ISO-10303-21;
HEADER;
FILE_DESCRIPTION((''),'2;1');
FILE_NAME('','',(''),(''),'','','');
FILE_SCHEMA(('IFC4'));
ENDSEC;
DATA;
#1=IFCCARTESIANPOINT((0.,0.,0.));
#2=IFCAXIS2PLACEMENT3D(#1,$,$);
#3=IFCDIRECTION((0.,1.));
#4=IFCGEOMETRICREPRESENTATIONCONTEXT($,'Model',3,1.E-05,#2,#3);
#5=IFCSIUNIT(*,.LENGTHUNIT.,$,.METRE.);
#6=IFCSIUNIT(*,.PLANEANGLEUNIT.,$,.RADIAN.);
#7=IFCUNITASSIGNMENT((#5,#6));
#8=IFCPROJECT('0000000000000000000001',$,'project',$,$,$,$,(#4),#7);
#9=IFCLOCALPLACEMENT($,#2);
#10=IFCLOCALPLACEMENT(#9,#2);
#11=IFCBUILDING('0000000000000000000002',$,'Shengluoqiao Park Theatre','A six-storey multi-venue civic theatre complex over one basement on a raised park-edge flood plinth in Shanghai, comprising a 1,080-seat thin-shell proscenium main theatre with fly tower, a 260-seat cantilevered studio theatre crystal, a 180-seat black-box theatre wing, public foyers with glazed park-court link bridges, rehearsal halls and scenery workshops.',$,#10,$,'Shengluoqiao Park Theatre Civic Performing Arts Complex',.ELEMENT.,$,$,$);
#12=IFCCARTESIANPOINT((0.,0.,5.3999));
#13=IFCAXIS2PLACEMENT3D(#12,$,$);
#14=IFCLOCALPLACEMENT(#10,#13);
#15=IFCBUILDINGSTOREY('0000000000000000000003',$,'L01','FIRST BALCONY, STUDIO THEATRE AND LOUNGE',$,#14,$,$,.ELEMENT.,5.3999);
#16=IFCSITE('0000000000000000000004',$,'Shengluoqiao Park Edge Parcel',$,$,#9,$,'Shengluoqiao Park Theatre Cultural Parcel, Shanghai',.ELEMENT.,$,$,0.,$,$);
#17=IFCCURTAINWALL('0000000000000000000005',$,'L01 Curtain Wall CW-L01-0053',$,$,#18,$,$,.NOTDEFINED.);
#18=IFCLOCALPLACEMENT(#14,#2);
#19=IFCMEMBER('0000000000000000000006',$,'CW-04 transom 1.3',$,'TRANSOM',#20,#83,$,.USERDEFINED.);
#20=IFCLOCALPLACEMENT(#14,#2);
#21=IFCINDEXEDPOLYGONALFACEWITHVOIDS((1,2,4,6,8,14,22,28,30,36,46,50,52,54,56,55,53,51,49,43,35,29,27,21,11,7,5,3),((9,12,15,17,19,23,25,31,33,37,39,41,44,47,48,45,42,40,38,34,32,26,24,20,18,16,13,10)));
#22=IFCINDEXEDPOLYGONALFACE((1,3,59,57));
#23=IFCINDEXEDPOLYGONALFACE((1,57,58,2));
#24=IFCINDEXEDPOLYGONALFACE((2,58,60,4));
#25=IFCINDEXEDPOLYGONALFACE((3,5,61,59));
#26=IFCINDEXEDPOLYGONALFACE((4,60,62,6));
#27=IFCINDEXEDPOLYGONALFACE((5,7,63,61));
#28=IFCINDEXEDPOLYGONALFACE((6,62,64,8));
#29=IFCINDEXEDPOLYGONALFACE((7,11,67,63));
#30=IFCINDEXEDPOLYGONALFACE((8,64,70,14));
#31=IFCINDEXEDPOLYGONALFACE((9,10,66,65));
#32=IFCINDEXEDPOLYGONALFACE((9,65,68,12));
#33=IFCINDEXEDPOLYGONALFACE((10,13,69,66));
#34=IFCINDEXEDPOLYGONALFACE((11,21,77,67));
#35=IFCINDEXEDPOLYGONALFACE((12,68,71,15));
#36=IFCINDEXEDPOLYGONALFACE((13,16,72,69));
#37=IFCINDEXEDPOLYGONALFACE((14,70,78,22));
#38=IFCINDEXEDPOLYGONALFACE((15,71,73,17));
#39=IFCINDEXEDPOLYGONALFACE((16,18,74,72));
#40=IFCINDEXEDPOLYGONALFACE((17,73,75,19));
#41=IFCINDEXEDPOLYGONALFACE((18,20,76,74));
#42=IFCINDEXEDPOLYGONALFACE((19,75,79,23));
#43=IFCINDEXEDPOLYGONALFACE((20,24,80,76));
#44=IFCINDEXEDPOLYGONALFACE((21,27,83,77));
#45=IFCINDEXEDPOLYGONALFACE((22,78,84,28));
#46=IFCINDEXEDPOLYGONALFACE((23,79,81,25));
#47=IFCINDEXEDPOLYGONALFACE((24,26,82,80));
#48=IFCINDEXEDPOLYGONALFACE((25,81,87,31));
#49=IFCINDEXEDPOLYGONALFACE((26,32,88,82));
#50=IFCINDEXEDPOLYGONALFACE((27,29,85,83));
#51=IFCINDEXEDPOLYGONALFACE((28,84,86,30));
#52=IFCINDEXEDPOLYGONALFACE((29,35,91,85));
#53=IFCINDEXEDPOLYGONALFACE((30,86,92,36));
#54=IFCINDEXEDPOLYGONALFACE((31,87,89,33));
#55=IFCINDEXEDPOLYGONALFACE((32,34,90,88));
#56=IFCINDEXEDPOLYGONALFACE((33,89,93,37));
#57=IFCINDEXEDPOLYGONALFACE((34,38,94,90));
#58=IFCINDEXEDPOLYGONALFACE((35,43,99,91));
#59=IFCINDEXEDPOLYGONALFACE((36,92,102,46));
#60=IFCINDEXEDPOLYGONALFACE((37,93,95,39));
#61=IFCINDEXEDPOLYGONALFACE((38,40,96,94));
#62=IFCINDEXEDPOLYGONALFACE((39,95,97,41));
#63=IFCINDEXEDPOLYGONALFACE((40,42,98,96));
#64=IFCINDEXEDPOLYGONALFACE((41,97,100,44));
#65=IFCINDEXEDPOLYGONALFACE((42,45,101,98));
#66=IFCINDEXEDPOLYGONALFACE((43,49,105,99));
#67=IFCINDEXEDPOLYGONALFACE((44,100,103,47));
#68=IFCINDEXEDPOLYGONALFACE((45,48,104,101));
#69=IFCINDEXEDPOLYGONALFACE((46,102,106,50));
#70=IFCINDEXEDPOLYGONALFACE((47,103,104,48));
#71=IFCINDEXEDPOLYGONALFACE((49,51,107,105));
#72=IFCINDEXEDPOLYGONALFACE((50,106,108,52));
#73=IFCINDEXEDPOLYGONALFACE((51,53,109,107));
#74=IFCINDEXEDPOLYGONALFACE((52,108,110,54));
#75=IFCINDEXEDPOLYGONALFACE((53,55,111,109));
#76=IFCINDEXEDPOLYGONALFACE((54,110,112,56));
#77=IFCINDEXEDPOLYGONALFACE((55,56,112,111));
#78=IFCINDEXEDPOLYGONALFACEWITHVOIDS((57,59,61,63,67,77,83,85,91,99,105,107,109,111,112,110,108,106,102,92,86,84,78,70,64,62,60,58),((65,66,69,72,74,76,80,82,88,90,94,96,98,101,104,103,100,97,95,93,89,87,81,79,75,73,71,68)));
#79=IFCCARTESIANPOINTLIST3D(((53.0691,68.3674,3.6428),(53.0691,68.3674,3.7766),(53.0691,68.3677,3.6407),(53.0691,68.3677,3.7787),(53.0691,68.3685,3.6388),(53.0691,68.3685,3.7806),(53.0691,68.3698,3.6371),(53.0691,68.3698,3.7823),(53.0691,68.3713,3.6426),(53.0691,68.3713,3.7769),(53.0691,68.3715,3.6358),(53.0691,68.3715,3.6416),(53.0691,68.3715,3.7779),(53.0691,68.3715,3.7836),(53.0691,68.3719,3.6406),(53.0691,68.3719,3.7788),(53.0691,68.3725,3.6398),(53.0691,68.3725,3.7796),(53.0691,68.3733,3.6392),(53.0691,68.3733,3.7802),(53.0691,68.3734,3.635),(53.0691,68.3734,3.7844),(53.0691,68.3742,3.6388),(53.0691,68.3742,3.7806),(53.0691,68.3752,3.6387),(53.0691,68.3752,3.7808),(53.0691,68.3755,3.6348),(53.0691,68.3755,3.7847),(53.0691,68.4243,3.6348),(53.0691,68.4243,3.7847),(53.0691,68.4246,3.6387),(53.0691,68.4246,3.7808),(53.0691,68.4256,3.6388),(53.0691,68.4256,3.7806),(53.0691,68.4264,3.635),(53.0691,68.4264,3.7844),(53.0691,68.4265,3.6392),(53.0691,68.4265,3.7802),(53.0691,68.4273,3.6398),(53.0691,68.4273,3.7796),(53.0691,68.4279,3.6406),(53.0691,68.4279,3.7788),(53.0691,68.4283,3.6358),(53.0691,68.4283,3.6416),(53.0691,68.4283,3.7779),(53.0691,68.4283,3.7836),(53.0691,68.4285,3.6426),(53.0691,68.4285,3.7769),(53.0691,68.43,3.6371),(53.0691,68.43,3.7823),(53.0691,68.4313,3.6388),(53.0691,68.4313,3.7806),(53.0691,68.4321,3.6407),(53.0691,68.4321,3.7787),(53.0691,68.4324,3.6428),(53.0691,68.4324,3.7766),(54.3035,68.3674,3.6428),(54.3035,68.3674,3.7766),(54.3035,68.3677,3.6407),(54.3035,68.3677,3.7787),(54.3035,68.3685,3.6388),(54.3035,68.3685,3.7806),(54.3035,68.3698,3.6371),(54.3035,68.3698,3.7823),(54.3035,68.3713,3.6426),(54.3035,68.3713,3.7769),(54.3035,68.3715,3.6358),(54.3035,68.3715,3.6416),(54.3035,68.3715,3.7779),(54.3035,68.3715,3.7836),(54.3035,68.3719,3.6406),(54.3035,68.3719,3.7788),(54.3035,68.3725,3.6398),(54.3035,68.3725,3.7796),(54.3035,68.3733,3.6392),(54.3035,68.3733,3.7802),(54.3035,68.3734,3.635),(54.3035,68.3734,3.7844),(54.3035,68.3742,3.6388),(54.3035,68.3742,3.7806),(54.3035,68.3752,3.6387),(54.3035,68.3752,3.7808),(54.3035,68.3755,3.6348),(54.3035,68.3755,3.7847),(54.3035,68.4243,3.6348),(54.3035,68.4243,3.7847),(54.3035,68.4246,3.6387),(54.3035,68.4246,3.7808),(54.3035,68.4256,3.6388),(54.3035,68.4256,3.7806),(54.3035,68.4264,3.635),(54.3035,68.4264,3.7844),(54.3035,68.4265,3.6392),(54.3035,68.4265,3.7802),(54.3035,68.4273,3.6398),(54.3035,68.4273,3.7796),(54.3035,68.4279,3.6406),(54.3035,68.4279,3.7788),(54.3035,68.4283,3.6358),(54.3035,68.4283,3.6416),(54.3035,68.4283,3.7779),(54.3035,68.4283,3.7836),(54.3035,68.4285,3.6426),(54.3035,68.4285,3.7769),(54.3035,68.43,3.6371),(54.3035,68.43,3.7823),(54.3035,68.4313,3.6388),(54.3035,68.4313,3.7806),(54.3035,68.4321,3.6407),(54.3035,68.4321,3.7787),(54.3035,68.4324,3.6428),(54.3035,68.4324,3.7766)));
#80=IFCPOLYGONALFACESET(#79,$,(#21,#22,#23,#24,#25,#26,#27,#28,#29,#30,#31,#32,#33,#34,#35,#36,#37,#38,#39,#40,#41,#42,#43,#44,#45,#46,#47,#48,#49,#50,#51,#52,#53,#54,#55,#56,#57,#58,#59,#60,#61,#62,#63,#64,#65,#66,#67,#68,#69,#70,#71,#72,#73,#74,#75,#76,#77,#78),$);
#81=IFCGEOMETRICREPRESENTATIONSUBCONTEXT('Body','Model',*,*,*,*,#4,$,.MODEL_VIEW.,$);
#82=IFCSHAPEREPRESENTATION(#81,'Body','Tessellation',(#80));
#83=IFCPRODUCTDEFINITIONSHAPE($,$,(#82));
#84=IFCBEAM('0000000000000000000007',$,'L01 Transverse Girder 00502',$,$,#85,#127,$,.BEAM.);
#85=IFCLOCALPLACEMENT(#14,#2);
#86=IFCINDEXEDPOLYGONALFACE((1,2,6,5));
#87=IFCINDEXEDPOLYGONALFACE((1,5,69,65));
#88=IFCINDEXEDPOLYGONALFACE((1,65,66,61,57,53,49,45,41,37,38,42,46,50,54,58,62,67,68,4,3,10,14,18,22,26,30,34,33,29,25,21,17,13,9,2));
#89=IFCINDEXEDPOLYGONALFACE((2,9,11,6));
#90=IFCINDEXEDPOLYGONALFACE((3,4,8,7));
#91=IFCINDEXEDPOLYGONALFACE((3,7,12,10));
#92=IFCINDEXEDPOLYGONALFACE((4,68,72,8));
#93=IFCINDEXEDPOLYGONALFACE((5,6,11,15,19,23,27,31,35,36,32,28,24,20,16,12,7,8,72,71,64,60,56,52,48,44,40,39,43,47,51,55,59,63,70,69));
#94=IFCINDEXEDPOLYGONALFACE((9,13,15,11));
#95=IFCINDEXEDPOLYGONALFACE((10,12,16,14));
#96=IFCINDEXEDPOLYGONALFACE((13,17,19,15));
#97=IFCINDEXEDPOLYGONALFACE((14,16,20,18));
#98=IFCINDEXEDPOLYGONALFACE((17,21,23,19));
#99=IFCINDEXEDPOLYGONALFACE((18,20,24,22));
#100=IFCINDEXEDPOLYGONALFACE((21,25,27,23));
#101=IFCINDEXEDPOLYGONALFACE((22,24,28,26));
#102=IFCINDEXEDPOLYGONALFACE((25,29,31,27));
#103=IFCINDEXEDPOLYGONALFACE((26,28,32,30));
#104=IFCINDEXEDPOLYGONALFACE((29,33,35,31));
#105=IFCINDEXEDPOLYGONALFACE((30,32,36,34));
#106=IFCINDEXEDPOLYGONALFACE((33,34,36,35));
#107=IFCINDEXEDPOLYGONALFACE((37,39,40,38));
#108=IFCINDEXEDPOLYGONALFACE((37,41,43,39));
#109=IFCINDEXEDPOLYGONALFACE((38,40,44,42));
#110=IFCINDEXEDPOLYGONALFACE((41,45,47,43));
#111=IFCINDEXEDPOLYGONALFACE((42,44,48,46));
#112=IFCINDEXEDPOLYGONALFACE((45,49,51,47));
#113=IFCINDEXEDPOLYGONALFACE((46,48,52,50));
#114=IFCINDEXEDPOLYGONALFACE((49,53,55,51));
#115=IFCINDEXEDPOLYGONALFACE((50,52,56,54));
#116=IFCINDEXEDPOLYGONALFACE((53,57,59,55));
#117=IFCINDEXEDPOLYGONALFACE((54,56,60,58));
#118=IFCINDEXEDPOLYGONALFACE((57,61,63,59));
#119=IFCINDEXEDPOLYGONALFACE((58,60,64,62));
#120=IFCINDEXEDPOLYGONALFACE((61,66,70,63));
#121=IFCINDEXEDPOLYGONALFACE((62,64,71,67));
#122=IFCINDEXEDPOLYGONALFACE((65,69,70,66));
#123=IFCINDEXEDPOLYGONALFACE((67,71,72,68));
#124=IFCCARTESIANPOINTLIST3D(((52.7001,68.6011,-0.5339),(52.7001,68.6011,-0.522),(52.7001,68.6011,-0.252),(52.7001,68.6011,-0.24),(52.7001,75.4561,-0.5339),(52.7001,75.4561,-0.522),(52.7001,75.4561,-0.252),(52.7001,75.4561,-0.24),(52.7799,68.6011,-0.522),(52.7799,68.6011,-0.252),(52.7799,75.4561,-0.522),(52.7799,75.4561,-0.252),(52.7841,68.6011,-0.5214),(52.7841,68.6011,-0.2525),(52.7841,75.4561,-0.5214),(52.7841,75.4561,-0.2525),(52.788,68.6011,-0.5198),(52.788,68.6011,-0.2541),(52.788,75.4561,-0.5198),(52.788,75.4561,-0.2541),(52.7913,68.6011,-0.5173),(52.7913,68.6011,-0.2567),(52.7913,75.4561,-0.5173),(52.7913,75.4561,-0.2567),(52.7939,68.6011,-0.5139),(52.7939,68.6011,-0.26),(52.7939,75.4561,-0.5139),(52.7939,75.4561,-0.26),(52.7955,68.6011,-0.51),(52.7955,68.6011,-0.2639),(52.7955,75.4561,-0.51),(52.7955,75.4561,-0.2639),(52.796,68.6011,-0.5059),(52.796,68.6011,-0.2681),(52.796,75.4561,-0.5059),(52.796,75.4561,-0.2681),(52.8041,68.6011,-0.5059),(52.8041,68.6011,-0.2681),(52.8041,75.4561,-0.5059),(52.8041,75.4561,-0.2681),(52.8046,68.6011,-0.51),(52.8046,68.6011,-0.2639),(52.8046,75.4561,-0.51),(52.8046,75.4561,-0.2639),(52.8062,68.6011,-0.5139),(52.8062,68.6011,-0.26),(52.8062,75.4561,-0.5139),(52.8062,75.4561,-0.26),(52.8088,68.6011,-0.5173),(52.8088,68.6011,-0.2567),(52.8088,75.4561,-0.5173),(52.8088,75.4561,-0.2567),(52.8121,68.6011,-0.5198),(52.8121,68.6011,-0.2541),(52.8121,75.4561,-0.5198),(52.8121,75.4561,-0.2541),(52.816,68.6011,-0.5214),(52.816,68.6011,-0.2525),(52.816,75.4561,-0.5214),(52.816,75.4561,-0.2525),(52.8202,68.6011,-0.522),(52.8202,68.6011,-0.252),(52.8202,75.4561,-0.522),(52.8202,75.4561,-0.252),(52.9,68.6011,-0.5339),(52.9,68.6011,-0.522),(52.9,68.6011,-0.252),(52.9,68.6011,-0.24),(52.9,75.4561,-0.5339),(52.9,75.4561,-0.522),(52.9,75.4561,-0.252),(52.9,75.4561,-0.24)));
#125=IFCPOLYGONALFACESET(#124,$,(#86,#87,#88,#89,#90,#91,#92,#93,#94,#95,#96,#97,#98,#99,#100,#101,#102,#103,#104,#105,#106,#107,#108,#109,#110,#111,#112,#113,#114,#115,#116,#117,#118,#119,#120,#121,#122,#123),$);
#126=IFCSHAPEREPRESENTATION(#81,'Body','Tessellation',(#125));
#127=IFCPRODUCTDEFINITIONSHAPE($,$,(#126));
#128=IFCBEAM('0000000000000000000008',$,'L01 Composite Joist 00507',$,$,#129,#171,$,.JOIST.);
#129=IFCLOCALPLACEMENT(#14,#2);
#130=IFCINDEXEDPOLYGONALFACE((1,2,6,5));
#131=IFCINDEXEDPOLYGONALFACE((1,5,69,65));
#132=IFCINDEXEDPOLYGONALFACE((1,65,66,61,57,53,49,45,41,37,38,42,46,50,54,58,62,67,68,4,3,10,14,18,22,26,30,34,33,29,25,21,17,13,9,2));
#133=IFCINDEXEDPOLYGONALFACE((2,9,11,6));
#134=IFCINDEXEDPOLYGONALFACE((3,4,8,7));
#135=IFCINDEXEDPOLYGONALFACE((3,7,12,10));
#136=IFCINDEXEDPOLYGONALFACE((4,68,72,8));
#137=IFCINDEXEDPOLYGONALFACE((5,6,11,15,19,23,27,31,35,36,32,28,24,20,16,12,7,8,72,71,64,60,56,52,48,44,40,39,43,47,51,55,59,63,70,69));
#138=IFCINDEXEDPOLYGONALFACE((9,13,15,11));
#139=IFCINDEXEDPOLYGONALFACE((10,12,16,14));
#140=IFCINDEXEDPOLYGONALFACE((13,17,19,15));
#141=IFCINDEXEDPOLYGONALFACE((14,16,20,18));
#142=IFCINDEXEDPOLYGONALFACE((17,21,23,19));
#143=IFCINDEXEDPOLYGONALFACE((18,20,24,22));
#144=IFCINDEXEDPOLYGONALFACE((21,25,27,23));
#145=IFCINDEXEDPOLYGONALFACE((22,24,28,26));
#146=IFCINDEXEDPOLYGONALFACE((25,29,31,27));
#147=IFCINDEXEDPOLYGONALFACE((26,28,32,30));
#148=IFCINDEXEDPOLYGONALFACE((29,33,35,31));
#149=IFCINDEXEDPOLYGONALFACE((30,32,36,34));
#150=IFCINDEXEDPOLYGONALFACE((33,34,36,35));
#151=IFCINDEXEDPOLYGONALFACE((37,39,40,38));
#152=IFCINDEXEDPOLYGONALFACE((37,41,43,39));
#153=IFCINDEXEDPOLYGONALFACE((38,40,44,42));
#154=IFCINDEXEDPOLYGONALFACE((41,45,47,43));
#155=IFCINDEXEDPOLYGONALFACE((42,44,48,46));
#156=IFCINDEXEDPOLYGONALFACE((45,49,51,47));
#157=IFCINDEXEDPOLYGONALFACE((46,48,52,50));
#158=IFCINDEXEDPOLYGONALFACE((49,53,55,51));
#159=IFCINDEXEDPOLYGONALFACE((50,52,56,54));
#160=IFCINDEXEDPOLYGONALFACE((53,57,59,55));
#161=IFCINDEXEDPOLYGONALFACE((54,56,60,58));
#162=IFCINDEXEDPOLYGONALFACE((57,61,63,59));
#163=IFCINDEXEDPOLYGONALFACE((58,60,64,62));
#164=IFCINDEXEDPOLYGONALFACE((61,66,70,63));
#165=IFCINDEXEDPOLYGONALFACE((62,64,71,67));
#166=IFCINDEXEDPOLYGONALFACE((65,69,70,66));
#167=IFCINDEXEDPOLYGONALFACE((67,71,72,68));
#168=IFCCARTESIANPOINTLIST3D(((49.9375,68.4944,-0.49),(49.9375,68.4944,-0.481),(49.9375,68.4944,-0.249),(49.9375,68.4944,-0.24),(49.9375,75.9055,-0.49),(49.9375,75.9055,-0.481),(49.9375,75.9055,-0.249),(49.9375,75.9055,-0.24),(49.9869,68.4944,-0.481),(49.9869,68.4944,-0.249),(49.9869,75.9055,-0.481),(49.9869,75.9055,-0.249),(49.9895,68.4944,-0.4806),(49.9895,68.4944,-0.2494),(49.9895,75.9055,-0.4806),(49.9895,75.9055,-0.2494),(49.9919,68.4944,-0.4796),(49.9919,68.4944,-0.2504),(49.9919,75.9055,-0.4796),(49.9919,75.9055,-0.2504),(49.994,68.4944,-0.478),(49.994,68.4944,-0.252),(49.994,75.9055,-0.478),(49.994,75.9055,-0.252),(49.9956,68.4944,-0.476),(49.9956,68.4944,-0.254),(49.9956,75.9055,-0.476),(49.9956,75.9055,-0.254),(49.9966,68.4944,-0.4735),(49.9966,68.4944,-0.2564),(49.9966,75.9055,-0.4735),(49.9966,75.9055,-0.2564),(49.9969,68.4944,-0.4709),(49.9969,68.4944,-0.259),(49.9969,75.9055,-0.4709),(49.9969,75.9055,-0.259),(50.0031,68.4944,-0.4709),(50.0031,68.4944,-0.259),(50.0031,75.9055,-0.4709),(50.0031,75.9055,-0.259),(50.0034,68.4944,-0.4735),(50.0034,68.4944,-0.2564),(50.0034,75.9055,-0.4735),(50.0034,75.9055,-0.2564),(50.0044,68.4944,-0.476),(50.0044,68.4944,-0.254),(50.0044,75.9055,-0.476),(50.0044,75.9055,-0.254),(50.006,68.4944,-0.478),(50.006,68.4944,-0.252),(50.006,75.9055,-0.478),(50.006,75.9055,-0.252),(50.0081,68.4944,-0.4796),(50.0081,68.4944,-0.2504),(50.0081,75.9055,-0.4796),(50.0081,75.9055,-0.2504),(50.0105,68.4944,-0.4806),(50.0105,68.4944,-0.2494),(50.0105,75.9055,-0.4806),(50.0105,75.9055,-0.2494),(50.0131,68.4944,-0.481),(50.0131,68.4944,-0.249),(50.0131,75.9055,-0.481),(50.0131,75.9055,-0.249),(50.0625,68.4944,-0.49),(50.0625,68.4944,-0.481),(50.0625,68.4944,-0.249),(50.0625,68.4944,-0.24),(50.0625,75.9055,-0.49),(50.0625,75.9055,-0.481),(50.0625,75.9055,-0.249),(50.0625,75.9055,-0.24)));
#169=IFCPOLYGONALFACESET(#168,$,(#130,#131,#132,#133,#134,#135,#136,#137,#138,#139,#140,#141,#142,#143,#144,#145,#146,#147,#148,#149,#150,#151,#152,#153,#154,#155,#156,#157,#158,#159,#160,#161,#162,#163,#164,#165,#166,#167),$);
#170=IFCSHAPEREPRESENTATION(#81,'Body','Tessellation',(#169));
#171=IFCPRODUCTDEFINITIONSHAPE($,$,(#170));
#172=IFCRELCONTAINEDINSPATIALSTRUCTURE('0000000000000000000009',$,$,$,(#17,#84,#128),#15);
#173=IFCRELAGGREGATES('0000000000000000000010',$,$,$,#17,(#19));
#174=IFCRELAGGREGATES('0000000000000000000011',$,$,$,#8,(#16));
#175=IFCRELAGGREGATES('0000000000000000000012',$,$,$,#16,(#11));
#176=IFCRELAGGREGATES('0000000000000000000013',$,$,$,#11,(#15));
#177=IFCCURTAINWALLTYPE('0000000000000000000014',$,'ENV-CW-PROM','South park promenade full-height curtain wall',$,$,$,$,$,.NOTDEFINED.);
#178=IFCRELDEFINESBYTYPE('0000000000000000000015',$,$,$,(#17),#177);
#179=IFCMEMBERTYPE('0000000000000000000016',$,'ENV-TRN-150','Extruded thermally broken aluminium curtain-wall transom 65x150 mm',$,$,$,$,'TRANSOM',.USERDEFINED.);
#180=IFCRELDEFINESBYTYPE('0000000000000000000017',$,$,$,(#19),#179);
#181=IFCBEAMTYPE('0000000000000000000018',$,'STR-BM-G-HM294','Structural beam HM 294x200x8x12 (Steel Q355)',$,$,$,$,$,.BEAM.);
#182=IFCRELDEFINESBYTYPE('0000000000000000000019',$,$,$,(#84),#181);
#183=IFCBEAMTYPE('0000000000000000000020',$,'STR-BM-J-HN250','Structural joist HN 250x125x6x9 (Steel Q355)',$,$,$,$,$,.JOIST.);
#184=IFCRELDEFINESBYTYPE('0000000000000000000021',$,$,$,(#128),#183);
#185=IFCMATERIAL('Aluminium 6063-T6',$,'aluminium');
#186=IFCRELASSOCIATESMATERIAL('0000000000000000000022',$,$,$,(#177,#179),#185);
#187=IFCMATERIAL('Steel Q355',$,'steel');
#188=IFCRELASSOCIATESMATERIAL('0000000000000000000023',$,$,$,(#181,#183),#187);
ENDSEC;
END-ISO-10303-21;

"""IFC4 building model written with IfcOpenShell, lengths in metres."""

from ifc_helpers import new_model, si_unit, direction, frame, origin, origin_2d, place, context, subcontext, project, spatial, hollow_rectangle, i_section, extrude, material, material_profile, profile_set, type_object, element, aggregate, save


model = new_model("IFC4")

# Units and contexts
model_context = context("Model", 3, precision=1e-05, world=origin(), true_north=direction((0.0, 1.0)))
body_context = subcontext(model_context, "Body", "Model", "MODEL_VIEW")
ifc_project = project(units=[si_unit("LENGTHUNIT", "METRE"), si_unit("PLANEANGLEUNIT", "RADIAN")], contexts=[model_context])

# Site, building, storey
site_placement = place(None, origin())
site = spatial("IfcSite", under=ifc_project, at=site_placement, Name="Shengluoqiao Park Edge Parcel", LongName="Shengluoqiao Park Theatre Cultural Parcel, Shanghai", CompositionType="ELEMENT", RefElevation=0.0)
building_placement = place(site_placement, origin())
building = spatial("IfcBuilding", under=site, at=building_placement, Name="Shengluoqiao Park Theatre", Description="A six-storey multi-venue civic theatre complex over one basement on a raised park-edge flood plinth in Shanghai, comprising a 1,080-seat thin-shell proscenium main theatre with fly tower, a 260-seat cantilevered studio theatre crystal, a 180-seat black-box theatre wing, public foyers with glazed park-court link bridges, rehearsal halls and scenery workshops.", LongName="Shengluoqiao Park Theatre Civic Performing Arts Complex", CompositionType="ELEMENT")
storey_placement = place(building_placement, frame((0.0, 0.0, 5.3999)))
storey = spatial("IfcBuildingStorey", under=building, at=storey_placement, Name="L01", Description="FIRST BALCONY, STUDIO THEATRE AND LOUNGE", CompositionType="ELEMENT", Elevation=5.3999)

# Shared definitions
ifc_material_1 = material(Name="Steel Q355", Category="steel")

# Shared definitions
ifc_material_2 = material(Name="Aluminium 6063-T6", Category="aluminium")
curtain_wall_type = type_object("IfcCurtainWallType", Name="ENV-CW-PROM", Description="South park promenade full-height curtain wall", PredefinedType="NOTDEFINED", material=ifc_material_2)

# Curtain wall
curtain_wall_1_placement = place(storey_placement, origin())
curtain_wall_1 = element("IfcCurtainWall", 1, at=curtain_wall_1_placement, inside=storey, type_object=curtain_wall_type, Name="L01 Curtain Wall CW-L01-0053", PredefinedType="NOTDEFINED")

# Member
ifc_material_profile_1 = material_profile(ifc_material_2, hollow_rectangle(XDim=0.0649, YDim=0.1499, WallThickness=0.0039, InnerFilletRadius=0.0039, OuterFilletRadius=0.0081, at=origin_2d()), Name="ALU TRANSOM 150x65x4")
ifc_profile_set_1 = profile_set([ifc_material_profile_1], Name="Aluminium 6063-T6")
member_type_1 = type_object("IfcMemberType", Name="ENV-TRN-150", Description="Extruded thermally broken aluminium curtain-wall transom 65x150 mm", ElementType="TRANSOM", PredefinedType="USERDEFINED", material=ifc_profile_set_1)
member_1_placement = place(storey_placement, frame((53.0691, 68.3999, 3.7097), z_axis=(1.0, 0.0, 0.0), x_axis=(0.0, 1.0, 0.0)))
member_1 = element("IfcMember", 2, at=member_1_placement, type_object=member_type_1, Name="CW-04 transom 1.3", ObjectType="TRANSOM", PredefinedType="USERDEFINED", context=body_context, shape_type="SweptSolid", body=[
    extrude(hollow_rectangle(XDim=0.0649, YDim=0.1499, WallThickness=0.0039, InnerFilletRadius=0.0039, OuterFilletRadius=0.0081, at=origin_2d()), origin(), (0.0, 0.0, 1.0), 1.2344),
])

# Beams
ifc_material_profile_2 = material_profile(ifc_material_1, i_section(OverallWidth=0.2, OverallDepth=0.2939, WebThickness=0.0081, FlangeThickness=0.012, FilletRadius=0.0161, at=origin_2d()), Name="HM 294x200x8x12")
ifc_profile_set_2 = profile_set([ifc_material_profile_2], Name="Steel Q355")
beam_type_1 = type_object("IfcBeamType", Name="STR-BM-G-HM294", Description="Structural beam HM 294x200x8x12 (Steel Q355)", PredefinedType="BEAM", material=ifc_profile_set_2)
beam_1_placement = place(storey_placement, frame((52.8, 68.6011, -0.387), z_axis=(0.0, 1.0, 0.0), x_axis=(-1.0, 0.0, 0.0)))
element("IfcBeam", 3, at=beam_1_placement, inside=storey, type_object=beam_type_1, Name="L01 Transverse Girder 00502", PredefinedType="BEAM", context=body_context, shape_type="SweptSolid", body=[
    extrude(i_section(OverallWidth=0.2, OverallDepth=0.2939, WebThickness=0.0081, FlangeThickness=0.012, FilletRadius=0.0161, at=origin_2d()), origin(), (0.0, 0.0, 1.0), 6.855),
])
ifc_material_profile_3 = material_profile(ifc_material_1, i_section(OverallWidth=0.125, OverallDepth=0.25, WebThickness=0.0061, FlangeThickness=0.009, FilletRadius=0.01, at=origin_2d()), Name="HN 250x125x6x9")
ifc_profile_set_3 = profile_set([ifc_material_profile_3], Name="Steel Q355")
beam_type_2 = type_object("IfcBeamType", Name="STR-BM-J-HN250", Description="Structural joist HN 250x125x6x9 (Steel Q355)", PredefinedType="JOIST", material=ifc_profile_set_3)
beam_2_placement = place(storey_placement, frame((50.0, 68.4944, -0.365), z_axis=(0.0, 1.0, 0.0), x_axis=(-1.0, 0.0, 0.0)))
element("IfcBeam", 4, at=beam_2_placement, inside=storey, type_object=beam_type_2, Name="L01 Composite Joist 00507", PredefinedType="JOIST", context=body_context, shape_type="SweptSolid", body=[
    extrude(i_section(OverallWidth=0.125, OverallDepth=0.25, WebThickness=0.0061, FlangeThickness=0.009, FilletRadius=0.01, at=origin_2d()), origin(), (0.0, 0.0, 1.0), 7.4111),
])

aggregate(curtain_wall_1, [member_1])

save(model, "model.ifc")
